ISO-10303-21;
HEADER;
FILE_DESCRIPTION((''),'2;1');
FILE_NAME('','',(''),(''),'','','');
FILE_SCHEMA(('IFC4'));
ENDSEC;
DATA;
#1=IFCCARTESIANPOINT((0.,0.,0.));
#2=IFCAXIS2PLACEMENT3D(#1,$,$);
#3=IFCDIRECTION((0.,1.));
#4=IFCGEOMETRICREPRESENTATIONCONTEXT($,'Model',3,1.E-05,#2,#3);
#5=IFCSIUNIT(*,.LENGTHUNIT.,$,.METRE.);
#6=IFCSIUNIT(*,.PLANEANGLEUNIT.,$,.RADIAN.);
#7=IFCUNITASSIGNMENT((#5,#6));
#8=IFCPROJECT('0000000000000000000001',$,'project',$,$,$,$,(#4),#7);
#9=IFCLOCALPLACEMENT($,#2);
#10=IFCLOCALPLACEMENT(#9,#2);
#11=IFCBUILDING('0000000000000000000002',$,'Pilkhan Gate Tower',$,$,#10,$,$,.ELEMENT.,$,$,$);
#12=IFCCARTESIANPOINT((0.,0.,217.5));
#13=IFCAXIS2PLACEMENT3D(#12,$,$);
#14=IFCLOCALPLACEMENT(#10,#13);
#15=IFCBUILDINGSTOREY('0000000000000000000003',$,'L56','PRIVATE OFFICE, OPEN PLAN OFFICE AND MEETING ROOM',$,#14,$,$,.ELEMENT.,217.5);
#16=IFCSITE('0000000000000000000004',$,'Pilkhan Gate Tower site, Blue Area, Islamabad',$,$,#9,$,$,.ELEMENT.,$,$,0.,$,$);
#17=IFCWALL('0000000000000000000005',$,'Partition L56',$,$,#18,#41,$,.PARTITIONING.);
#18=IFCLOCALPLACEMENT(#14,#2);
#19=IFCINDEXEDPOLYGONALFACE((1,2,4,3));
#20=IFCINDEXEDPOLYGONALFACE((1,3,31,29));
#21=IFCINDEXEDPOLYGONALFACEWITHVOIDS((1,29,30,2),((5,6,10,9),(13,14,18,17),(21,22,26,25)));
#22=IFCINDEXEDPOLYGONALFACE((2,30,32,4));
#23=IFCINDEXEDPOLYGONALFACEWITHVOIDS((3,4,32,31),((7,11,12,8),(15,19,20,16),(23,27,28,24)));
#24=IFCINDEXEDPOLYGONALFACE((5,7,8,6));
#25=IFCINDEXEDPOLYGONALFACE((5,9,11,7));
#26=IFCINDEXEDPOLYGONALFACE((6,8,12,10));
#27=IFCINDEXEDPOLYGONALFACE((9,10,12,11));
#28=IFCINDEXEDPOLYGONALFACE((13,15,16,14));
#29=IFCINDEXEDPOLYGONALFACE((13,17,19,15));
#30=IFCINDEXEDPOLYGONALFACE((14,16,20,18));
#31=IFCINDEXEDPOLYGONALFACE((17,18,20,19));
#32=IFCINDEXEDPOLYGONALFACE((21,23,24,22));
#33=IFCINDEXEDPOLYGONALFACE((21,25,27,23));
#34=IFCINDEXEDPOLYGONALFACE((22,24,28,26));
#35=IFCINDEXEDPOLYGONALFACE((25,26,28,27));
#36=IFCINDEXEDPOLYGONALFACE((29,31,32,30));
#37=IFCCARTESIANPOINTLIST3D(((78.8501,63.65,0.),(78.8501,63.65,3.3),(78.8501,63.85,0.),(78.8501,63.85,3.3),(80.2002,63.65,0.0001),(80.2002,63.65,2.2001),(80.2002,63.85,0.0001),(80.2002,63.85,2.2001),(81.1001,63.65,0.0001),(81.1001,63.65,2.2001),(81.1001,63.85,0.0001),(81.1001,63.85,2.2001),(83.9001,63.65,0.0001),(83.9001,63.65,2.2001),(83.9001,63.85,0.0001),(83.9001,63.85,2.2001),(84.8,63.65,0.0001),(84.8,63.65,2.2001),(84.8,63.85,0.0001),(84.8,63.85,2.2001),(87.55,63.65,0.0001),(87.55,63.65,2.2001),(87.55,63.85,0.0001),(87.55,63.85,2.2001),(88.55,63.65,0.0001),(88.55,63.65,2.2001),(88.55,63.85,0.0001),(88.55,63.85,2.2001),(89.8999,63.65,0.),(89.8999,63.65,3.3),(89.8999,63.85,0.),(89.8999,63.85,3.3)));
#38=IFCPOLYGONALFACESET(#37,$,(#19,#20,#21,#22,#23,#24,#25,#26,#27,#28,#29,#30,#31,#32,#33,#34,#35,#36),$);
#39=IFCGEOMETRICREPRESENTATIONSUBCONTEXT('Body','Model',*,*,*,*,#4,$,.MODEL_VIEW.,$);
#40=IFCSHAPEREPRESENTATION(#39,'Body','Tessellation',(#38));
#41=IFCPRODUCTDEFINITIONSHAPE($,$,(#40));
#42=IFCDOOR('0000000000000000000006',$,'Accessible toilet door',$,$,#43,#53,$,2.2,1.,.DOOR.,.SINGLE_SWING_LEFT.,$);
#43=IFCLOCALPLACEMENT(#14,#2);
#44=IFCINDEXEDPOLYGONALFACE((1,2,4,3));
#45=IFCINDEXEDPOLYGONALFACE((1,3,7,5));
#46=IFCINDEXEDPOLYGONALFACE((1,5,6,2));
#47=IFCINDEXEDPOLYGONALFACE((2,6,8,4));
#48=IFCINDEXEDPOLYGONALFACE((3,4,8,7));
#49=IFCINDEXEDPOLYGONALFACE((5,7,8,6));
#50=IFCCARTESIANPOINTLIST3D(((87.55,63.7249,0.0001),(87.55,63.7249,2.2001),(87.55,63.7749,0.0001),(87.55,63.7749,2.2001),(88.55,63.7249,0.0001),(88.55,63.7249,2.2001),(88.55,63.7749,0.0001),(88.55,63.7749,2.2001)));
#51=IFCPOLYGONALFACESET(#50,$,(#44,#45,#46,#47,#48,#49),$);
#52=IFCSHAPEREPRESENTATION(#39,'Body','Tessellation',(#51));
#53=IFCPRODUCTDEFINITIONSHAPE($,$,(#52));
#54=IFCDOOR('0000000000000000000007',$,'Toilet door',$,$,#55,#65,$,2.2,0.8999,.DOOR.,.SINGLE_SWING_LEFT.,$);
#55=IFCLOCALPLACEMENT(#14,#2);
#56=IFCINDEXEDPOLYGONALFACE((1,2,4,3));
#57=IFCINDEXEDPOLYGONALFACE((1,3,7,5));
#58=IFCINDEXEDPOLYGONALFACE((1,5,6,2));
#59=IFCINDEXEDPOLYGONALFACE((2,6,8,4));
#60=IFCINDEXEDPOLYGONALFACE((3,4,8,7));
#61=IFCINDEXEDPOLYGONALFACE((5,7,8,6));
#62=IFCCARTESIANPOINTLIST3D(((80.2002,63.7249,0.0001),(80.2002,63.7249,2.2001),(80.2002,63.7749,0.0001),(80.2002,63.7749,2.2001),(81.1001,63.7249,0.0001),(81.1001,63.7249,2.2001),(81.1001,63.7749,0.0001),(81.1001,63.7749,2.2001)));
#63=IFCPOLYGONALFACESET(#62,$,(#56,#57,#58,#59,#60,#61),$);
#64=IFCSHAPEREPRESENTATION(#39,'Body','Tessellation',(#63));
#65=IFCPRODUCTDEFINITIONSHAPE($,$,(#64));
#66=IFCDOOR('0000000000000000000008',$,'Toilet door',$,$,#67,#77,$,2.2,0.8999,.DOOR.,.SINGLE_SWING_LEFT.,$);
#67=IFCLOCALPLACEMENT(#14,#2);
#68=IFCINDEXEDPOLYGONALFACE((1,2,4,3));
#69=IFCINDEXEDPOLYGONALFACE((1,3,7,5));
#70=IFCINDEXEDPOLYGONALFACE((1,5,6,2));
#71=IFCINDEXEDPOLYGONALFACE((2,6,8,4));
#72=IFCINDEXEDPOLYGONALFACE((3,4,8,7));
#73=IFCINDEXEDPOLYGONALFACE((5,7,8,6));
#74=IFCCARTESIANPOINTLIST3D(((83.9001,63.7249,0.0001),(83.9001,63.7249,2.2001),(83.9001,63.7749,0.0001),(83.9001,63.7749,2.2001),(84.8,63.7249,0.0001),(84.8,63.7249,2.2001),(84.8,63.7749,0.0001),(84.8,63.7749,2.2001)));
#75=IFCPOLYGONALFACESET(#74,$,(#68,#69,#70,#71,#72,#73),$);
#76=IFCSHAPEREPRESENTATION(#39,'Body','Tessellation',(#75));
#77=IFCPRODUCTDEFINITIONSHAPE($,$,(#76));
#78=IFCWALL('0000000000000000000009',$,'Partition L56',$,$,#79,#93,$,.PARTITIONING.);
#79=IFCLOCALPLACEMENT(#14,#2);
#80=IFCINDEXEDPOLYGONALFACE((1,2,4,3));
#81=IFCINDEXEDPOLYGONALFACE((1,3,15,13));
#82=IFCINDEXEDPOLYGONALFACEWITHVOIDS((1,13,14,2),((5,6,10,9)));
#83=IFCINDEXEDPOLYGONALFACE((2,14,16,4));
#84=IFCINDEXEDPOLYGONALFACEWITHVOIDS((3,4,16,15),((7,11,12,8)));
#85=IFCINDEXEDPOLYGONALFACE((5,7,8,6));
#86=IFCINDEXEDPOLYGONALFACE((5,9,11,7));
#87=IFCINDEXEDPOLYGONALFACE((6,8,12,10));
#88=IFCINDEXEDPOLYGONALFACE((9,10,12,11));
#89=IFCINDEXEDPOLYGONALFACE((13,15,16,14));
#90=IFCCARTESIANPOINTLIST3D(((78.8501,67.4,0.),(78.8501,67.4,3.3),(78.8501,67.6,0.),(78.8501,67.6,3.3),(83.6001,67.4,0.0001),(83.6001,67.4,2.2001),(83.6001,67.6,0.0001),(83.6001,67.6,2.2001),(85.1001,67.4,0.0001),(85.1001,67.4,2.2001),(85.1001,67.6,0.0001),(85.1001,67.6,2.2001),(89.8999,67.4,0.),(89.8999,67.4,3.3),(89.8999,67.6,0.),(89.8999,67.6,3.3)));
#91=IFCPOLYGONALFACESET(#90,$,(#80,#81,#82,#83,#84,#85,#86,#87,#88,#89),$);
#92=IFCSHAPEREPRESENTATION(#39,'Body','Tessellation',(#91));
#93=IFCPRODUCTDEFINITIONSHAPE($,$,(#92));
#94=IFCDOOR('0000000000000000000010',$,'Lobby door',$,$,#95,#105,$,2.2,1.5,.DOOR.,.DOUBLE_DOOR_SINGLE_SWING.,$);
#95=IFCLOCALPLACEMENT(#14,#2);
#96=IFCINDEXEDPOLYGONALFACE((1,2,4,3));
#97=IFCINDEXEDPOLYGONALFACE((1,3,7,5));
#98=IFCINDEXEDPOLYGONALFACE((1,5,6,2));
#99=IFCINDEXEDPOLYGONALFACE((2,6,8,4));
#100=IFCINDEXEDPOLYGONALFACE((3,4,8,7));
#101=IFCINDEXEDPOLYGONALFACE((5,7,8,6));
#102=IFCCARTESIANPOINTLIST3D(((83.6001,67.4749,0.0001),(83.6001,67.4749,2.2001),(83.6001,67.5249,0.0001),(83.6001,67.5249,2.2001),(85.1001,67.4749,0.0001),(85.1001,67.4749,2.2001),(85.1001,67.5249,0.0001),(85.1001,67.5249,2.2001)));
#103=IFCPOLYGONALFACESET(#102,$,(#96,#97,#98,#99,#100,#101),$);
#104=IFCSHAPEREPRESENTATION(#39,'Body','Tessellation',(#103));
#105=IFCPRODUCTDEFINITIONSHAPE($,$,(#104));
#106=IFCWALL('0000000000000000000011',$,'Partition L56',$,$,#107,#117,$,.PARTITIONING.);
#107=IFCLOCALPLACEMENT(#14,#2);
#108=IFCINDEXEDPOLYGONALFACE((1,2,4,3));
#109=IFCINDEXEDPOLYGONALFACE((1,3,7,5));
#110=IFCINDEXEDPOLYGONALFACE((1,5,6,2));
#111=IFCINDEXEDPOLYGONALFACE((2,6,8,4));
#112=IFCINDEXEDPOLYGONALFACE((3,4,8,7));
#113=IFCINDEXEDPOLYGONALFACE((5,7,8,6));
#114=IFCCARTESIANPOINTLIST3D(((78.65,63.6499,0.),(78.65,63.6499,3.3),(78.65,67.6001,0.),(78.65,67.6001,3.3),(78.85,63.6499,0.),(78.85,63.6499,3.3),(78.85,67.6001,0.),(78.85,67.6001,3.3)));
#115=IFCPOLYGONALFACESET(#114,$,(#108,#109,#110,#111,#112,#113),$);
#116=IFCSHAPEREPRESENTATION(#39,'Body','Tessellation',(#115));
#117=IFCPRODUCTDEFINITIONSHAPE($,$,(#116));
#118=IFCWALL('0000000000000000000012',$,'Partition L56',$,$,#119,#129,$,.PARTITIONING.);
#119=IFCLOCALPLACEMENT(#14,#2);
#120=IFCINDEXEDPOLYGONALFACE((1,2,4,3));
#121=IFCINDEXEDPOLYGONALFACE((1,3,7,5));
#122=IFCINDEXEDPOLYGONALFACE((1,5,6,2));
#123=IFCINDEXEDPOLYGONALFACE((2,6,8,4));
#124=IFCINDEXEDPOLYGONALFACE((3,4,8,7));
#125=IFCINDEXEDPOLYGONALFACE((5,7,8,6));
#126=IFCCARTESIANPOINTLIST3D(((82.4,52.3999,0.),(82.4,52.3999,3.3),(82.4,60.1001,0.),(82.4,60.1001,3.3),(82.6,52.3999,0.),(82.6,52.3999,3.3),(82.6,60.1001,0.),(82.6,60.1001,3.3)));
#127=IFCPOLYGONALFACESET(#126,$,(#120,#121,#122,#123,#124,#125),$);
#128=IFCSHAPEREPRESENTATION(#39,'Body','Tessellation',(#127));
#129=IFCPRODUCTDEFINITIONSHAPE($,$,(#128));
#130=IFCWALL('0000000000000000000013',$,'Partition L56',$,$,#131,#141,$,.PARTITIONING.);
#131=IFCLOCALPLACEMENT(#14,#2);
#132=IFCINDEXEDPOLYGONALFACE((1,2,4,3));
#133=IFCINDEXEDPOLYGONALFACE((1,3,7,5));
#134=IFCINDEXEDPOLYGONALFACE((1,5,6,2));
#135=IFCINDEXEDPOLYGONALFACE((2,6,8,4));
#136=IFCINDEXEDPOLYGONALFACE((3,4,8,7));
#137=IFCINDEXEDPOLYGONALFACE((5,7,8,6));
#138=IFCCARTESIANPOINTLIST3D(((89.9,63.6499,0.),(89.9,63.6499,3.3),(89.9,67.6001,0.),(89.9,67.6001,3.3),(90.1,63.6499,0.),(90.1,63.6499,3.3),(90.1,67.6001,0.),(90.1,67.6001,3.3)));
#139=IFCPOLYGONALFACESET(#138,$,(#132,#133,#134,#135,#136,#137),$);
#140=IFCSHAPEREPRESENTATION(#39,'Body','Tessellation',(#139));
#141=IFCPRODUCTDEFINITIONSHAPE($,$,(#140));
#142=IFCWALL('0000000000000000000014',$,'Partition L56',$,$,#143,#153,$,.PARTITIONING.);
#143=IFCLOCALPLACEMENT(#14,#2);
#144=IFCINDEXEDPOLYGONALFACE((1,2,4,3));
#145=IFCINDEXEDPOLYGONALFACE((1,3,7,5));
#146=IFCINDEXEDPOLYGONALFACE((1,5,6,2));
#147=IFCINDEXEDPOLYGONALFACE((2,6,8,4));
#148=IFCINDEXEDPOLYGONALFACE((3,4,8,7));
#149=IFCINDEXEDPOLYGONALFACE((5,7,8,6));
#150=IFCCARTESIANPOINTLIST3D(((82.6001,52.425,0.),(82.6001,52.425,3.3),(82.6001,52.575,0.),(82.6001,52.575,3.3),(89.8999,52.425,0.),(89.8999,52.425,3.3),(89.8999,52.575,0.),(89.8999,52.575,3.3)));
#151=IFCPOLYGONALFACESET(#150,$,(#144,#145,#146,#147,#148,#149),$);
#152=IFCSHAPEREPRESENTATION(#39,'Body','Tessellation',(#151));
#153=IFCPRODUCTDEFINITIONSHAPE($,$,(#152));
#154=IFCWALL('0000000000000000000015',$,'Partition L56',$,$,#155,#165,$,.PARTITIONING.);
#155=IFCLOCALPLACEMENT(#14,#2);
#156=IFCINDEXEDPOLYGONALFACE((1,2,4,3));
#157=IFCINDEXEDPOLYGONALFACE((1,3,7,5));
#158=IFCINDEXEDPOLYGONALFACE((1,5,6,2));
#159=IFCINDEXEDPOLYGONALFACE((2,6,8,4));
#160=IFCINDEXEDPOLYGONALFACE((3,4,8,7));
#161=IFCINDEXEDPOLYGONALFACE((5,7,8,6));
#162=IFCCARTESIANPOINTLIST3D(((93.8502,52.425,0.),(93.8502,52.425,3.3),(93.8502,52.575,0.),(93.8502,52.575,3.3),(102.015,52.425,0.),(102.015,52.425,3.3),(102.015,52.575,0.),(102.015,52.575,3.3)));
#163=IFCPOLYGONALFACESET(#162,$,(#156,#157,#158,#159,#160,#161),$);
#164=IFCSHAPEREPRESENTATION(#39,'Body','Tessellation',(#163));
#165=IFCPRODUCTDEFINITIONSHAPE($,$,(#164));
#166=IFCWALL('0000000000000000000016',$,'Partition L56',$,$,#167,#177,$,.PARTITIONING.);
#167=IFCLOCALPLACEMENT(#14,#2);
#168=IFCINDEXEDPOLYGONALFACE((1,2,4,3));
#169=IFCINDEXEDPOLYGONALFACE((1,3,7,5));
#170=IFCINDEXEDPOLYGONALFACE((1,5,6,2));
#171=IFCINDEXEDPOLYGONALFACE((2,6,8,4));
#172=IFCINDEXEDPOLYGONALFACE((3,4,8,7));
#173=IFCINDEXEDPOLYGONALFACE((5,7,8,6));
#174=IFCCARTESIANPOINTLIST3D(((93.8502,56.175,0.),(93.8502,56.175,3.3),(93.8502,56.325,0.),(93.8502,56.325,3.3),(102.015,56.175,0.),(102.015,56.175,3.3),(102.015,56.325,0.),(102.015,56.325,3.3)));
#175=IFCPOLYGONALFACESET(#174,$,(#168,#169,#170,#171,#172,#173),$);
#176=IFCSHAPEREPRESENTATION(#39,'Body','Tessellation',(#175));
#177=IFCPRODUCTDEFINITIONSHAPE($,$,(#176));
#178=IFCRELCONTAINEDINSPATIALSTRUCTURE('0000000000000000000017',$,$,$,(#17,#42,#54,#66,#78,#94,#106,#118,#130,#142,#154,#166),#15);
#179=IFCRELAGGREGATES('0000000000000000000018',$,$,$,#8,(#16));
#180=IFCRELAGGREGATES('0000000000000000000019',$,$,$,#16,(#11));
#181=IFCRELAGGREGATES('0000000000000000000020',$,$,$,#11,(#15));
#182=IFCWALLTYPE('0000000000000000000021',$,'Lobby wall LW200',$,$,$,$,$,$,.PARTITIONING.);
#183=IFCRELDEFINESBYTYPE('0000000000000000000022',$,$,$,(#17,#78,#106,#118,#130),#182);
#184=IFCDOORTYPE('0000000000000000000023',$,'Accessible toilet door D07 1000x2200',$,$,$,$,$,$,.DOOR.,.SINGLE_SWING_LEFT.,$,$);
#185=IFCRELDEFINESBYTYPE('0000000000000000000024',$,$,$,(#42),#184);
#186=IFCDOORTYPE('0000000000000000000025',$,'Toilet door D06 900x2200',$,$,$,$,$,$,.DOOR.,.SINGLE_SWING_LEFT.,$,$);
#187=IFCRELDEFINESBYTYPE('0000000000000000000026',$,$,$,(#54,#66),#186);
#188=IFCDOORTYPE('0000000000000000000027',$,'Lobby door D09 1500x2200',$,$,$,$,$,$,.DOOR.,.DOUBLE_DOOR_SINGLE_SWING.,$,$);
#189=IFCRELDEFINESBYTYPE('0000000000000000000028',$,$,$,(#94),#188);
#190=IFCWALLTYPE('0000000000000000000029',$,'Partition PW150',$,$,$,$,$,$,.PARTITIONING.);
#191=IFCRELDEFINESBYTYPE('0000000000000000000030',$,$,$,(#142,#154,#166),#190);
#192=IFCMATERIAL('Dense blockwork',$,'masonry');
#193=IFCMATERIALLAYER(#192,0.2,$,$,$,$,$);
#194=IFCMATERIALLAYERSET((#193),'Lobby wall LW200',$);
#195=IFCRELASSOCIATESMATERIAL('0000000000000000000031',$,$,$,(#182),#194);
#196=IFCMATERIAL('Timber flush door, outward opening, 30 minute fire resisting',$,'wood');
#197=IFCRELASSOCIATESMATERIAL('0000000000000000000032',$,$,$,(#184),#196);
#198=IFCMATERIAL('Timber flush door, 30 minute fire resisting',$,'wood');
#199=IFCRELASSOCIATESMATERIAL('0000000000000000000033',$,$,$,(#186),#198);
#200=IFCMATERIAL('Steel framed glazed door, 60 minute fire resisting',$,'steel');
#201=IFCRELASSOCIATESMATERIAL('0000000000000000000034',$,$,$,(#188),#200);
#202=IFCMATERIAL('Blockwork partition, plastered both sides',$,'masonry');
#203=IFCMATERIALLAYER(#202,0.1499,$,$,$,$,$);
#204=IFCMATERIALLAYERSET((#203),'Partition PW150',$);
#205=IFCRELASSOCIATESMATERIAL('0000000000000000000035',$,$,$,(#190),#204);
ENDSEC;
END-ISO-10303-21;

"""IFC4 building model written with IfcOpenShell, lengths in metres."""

from ifc_helpers import new_model, si_unit, direction, frame, frame_2d, origin, place, context, subcontext, project, spatial, rectangle, extrude, material, layer, layer_set, type_object, element, fill, save


model = new_model("IFC4")

# Units and contexts
model_context = context("Model", 3, precision=1e-05, world=origin(), true_north=direction((0.0, 1.0)))
body_context = subcontext(model_context, "Body", "Model", "MODEL_VIEW")
ifc_project = project(units=[si_unit("LENGTHUNIT", "METRE"), si_unit("PLANEANGLEUNIT", "RADIAN")], contexts=[model_context])

# Site, building, storey
site_placement = place(None, origin())
site = spatial("IfcSite", under=ifc_project, at=site_placement, Name="Pilkhan Gate Tower site, Blue Area, Islamabad", CompositionType="ELEMENT", RefElevation=0.0)
building_placement = place(site_placement, origin())
building = spatial("IfcBuilding", under=site, at=building_placement, Name="Pilkhan Gate Tower", CompositionType="ELEMENT")
storey_placement = place(building_placement, frame((0.0, 0.0, 217.5)))
storey = spatial("IfcBuildingStorey", under=building, at=storey_placement, Name="L56", Description="PRIVATE OFFICE, OPEN PLAN OFFICE AND MEETING ROOM", CompositionType="ELEMENT", Elevation=217.5)

# Shared definitions
ifc_material_1 = material(Name="Dense blockwork", Category="masonry")
ifc_layer_1 = layer(ifc_material_1, 0.2)
ifc_layer_set_1 = layer_set([ifc_layer_1], Name="Lobby wall LW200")
wall_type_1 = type_object("IfcWallType", Name="Lobby wall LW200", PredefinedType="PARTITIONING", material=ifc_layer_set_1)

# Wall, openings, doors
wall_1_placement = place(storey_placement, frame((78.8501, 63.75, 0.0), z_axis=(0.0, 0.0, 1.0), x_axis=(1.0, 0.0, 0.0)))
wall_1 = element("IfcWall", 1, at=wall_1_placement, inside=storey, type_object=wall_type_1, Name="Partition L56", PredefinedType="PARTITIONING", context=body_context, shape_type="SweptSolid", body=[
    extrude(rectangle(XDim=11.0498, YDim=0.2, at=frame_2d((5.5249, 0.0))), origin(), (0.0, 0.0, 1.0), 3.3),
])
opening_1_placement = place(wall_1_placement, frame((1.3501, 0.0, 0.0)))
opening_1 = element("IfcOpeningElement", 2, at=opening_1_placement, cuts=wall_1, PredefinedType="OPENING", context=body_context, shape_type="SweptSolid", body=[
    extrude(rectangle(XDim=0.8999, YDim=2.2, at=frame_2d((0.45, 1.1001))), frame((0.0, 0.1099, 0.0), z_axis=(0.0, -1.0, 0.0), x_axis=(1.0, 0.0, 0.0)), (0.0, 0.0, 1.0), 0.22),
])
opening_2_placement = place(wall_1_placement, frame((5.05, 0.0, 0.0)))
opening_2 = element("IfcOpeningElement", 3, at=opening_2_placement, cuts=wall_1, PredefinedType="OPENING", context=body_context, shape_type="SweptSolid", body=[
    extrude(rectangle(XDim=0.8999, YDim=2.2, at=frame_2d((0.45, 1.1001))), frame((0.0, 0.1099, 0.0), z_axis=(0.0, -1.0, 0.0), x_axis=(1.0, 0.0, 0.0)), (0.0, 0.0, 1.0), 0.22),
])
opening_3_placement = place(wall_1_placement, frame((8.7, 0.0, 0.0)))
opening_3 = element("IfcOpeningElement", 4, at=opening_3_placement, cuts=wall_1, PredefinedType="OPENING", context=body_context, shape_type="SweptSolid", body=[
    extrude(rectangle(XDim=1.0, YDim=2.2, at=frame_2d((0.5, 1.1001))), frame((0.0, 0.1099, 0.0), z_axis=(0.0, -1.0, 0.0), x_axis=(1.0, 0.0, 0.0)), (0.0, 0.0, 1.0), 0.22),
])
ifc_material_2 = material(Name="Timber flush door, outward opening, 30 minute fire resisting", Category="wood")
door_type_1 = type_object("IfcDoorType", Name="Accessible toilet door D07 1000x2200", OperationType="SINGLE_SWING_LEFT", PredefinedType="DOOR", material=ifc_material_2)
door_1_placement = place(opening_3_placement, origin())
door_1 = element("IfcDoor", 5, at=door_1_placement, inside=storey, type_object=door_type_1, Name="Accessible toilet door", OperationType="SINGLE_SWING_LEFT", OverallHeight=2.2, OverallWidth=1.0, PredefinedType="DOOR", context=body_context, shape_type="SweptSolid", body=[
    extrude(rectangle(XDim=1.0, YDim=2.2, at=frame_2d((0.5, 1.1001))), frame((0.0, 0.0249, 0.0), z_axis=(0.0, -1.0, 0.0), x_axis=(1.0, 0.0, 0.0)), (0.0, 0.0, 1.0), 0.05),
])
fill(opening_3, door_1)
ifc_material_3 = material(Name="Timber flush door, 30 minute fire resisting", Category="wood")
door_type_2 = type_object("IfcDoorType", Name="Toilet door D06 900x2200", OperationType="SINGLE_SWING_LEFT", PredefinedType="DOOR", material=ifc_material_3)
door_2_placement = place(opening_1_placement, origin())
door_2 = element("IfcDoor", 6, at=door_2_placement, inside=storey, type_object=door_type_2, Name="Toilet door", OperationType="SINGLE_SWING_LEFT", OverallHeight=2.2, OverallWidth=0.8999, PredefinedType="DOOR", context=body_context, shape_type="SweptSolid", body=[
    extrude(rectangle(XDim=0.8999, YDim=2.2, at=frame_2d((0.45, 1.1001))), frame((0.0, 0.0249, 0.0), z_axis=(0.0, -1.0, 0.0), x_axis=(1.0, 0.0, 0.0)), (0.0, 0.0, 1.0), 0.05),
])
fill(opening_1, door_2)
door_3_placement = place(opening_2_placement, origin())
door_3 = element("IfcDoor", 7, at=door_3_placement, inside=storey, type_object=door_type_2, Name="Toilet door", OperationType="SINGLE_SWING_LEFT", OverallHeight=2.2, OverallWidth=0.8999, PredefinedType="DOOR", context=body_context, shape_type="SweptSolid", body=[
    extrude(rectangle(XDim=0.8999, YDim=2.2, at=frame_2d((0.45, 1.1001))), frame((0.0, 0.0249, 0.0), z_axis=(0.0, -1.0, 0.0), x_axis=(1.0, 0.0, 0.0)), (0.0, 0.0, 1.0), 0.05),
])
fill(opening_2, door_3)

# Wall, opening, door
wall_2_placement = place(storey_placement, frame((78.8501, 67.5, 0.0), z_axis=(0.0, 0.0, 1.0), x_axis=(1.0, 0.0, 0.0)))
wall_2 = element("IfcWall", 8, at=wall_2_placement, inside=storey, type_object=wall_type_1, Name="Partition L56", PredefinedType="PARTITIONING", context=body_context, shape_type="SweptSolid", body=[
    extrude(rectangle(XDim=11.0498, YDim=0.2, at=frame_2d((5.5249, 0.0))), origin(), (0.0, 0.0, 1.0), 3.3),
])
opening_4_placement = place(wall_2_placement, frame((4.75, 0.0, 0.0)))
opening_4 = element("IfcOpeningElement", 9, at=opening_4_placement, cuts=wall_2, PredefinedType="OPENING", context=body_context, shape_type="SweptSolid", body=[
    extrude(rectangle(XDim=1.5, YDim=2.2, at=frame_2d((0.75, 1.1001))), frame((0.0, 0.1099, 0.0), z_axis=(0.0, -1.0, 0.0), x_axis=(1.0, 0.0, 0.0)), (0.0, 0.0, 1.0), 0.22),
])
ifc_material_4 = material(Name="Steel framed glazed door, 60 minute fire resisting", Category="steel")
door_type_3 = type_object("IfcDoorType", Name="Lobby door D09 1500x2200", OperationType="DOUBLE_DOOR_SINGLE_SWING", PredefinedType="DOOR", material=ifc_material_4)
door_4_placement = place(opening_4_placement, origin())
door_4 = element("IfcDoor", 10, at=door_4_placement, inside=storey, type_object=door_type_3, Name="Lobby door", OperationType="DOUBLE_DOOR_SINGLE_SWING", OverallHeight=2.2, OverallWidth=1.5, PredefinedType="DOOR", context=body_context, shape_type="SweptSolid", body=[
    extrude(rectangle(XDim=1.5, YDim=2.2, at=frame_2d((0.75, 1.1001))), frame((0.0, 0.0249, 0.0), z_axis=(0.0, -1.0, 0.0), x_axis=(1.0, 0.0, 0.0)), (0.0, 0.0, 1.0), 0.05),
])
fill(opening_4, door_4)

# Walls
wall_3_placement = place(storey_placement, frame((78.75, 63.6499, 0.0), z_axis=(0.0, 0.0, 1.0), x_axis=(0.0, 1.0, 0.0)))
element("IfcWall", 11, at=wall_3_placement, inside=storey, type_object=wall_type_1, Name="Partition L56", PredefinedType="PARTITIONING", context=body_context, shape_type="SweptSolid", body=[
    extrude(rectangle(XDim=3.9502, YDim=0.2, at=frame_2d((1.9751, 0.0))), origin(), (0.0, 0.0, 1.0), 3.3),
])
wall_4_placement = place(storey_placement, frame((82.5, 52.3999, 0.0), z_axis=(0.0, 0.0, 1.0), x_axis=(0.0, 1.0, 0.0)))
element("IfcWall", 12, at=wall_4_placement, inside=storey, type_object=wall_type_1, Name="Partition L56", PredefinedType="PARTITIONING", context=body_context, shape_type="SweptSolid", body=[
    extrude(rectangle(XDim=7.7002, YDim=0.2, at=frame_2d((3.8501, 0.0))), origin(), (0.0, 0.0, 1.0), 3.3),
])
wall_5_placement = place(storey_placement, frame((90.0, 63.6499, 0.0), z_axis=(0.0, 0.0, 1.0), x_axis=(0.0, 1.0, 0.0)))
element("IfcWall", 13, at=wall_5_placement, inside=storey, type_object=wall_type_1, Name="Partition L56", PredefinedType="PARTITIONING", context=body_context, shape_type="SweptSolid", body=[
    extrude(rectangle(XDim=3.9502, YDim=0.2, at=frame_2d((1.9751, 0.0))), origin(), (0.0, 0.0, 1.0), 3.3),
])
ifc_material_5 = material(Name="Blockwork partition, plastered both sides", Category="masonry")
ifc_layer_2 = layer(ifc_material_5, 0.1499)
ifc_layer_set_2 = layer_set([ifc_layer_2], Name="Partition PW150")
wall_type_2 = type_object("IfcWallType", Name="Partition PW150", PredefinedType="PARTITIONING", material=ifc_layer_set_2)
wall_6_placement = place(storey_placement, frame((82.6001, 52.5, 0.0), z_axis=(0.0, 0.0, 1.0), x_axis=(1.0, 0.0, 0.0)))
element("IfcWall", 14, at=wall_6_placement, inside=storey, type_object=wall_type_2, Name="Partition L56", PredefinedType="PARTITIONING", context=body_context, shape_type="SweptSolid", body=[
    extrude(rectangle(XDim=7.2998, YDim=0.1499, at=frame_2d((3.6499, 0.0))), origin(), (0.0, 0.0, 1.0), 3.3),
])
for number, where, z_axis, x_axis, name in (
    (15, (93.8501, 52.5, 0.0), (0.0, 0.0, 1.0), (1.0, 0.0, 0.0), "Partition L56"),
    (16, (93.8501, 56.25, 0.0), (0.0, 0.0, 1.0), (1.0, 0.0, 0.0), "Partition L56"),
):
    element("IfcWall", number, at=place(storey_placement, frame(where, z_axis=z_axis, x_axis=x_axis)), inside=storey, type_object=wall_type_2, Name=name, PredefinedType="PARTITIONING", context=body_context, shape_type="SweptSolid", body=[
        extrude(rectangle(XDim=8.1648, YDim=0.1499, at=frame_2d((4.0825, 0.0))), origin(), (0.0, 0.0, 1.0), 3.3),
    ])

save(model, "model.ifc")
